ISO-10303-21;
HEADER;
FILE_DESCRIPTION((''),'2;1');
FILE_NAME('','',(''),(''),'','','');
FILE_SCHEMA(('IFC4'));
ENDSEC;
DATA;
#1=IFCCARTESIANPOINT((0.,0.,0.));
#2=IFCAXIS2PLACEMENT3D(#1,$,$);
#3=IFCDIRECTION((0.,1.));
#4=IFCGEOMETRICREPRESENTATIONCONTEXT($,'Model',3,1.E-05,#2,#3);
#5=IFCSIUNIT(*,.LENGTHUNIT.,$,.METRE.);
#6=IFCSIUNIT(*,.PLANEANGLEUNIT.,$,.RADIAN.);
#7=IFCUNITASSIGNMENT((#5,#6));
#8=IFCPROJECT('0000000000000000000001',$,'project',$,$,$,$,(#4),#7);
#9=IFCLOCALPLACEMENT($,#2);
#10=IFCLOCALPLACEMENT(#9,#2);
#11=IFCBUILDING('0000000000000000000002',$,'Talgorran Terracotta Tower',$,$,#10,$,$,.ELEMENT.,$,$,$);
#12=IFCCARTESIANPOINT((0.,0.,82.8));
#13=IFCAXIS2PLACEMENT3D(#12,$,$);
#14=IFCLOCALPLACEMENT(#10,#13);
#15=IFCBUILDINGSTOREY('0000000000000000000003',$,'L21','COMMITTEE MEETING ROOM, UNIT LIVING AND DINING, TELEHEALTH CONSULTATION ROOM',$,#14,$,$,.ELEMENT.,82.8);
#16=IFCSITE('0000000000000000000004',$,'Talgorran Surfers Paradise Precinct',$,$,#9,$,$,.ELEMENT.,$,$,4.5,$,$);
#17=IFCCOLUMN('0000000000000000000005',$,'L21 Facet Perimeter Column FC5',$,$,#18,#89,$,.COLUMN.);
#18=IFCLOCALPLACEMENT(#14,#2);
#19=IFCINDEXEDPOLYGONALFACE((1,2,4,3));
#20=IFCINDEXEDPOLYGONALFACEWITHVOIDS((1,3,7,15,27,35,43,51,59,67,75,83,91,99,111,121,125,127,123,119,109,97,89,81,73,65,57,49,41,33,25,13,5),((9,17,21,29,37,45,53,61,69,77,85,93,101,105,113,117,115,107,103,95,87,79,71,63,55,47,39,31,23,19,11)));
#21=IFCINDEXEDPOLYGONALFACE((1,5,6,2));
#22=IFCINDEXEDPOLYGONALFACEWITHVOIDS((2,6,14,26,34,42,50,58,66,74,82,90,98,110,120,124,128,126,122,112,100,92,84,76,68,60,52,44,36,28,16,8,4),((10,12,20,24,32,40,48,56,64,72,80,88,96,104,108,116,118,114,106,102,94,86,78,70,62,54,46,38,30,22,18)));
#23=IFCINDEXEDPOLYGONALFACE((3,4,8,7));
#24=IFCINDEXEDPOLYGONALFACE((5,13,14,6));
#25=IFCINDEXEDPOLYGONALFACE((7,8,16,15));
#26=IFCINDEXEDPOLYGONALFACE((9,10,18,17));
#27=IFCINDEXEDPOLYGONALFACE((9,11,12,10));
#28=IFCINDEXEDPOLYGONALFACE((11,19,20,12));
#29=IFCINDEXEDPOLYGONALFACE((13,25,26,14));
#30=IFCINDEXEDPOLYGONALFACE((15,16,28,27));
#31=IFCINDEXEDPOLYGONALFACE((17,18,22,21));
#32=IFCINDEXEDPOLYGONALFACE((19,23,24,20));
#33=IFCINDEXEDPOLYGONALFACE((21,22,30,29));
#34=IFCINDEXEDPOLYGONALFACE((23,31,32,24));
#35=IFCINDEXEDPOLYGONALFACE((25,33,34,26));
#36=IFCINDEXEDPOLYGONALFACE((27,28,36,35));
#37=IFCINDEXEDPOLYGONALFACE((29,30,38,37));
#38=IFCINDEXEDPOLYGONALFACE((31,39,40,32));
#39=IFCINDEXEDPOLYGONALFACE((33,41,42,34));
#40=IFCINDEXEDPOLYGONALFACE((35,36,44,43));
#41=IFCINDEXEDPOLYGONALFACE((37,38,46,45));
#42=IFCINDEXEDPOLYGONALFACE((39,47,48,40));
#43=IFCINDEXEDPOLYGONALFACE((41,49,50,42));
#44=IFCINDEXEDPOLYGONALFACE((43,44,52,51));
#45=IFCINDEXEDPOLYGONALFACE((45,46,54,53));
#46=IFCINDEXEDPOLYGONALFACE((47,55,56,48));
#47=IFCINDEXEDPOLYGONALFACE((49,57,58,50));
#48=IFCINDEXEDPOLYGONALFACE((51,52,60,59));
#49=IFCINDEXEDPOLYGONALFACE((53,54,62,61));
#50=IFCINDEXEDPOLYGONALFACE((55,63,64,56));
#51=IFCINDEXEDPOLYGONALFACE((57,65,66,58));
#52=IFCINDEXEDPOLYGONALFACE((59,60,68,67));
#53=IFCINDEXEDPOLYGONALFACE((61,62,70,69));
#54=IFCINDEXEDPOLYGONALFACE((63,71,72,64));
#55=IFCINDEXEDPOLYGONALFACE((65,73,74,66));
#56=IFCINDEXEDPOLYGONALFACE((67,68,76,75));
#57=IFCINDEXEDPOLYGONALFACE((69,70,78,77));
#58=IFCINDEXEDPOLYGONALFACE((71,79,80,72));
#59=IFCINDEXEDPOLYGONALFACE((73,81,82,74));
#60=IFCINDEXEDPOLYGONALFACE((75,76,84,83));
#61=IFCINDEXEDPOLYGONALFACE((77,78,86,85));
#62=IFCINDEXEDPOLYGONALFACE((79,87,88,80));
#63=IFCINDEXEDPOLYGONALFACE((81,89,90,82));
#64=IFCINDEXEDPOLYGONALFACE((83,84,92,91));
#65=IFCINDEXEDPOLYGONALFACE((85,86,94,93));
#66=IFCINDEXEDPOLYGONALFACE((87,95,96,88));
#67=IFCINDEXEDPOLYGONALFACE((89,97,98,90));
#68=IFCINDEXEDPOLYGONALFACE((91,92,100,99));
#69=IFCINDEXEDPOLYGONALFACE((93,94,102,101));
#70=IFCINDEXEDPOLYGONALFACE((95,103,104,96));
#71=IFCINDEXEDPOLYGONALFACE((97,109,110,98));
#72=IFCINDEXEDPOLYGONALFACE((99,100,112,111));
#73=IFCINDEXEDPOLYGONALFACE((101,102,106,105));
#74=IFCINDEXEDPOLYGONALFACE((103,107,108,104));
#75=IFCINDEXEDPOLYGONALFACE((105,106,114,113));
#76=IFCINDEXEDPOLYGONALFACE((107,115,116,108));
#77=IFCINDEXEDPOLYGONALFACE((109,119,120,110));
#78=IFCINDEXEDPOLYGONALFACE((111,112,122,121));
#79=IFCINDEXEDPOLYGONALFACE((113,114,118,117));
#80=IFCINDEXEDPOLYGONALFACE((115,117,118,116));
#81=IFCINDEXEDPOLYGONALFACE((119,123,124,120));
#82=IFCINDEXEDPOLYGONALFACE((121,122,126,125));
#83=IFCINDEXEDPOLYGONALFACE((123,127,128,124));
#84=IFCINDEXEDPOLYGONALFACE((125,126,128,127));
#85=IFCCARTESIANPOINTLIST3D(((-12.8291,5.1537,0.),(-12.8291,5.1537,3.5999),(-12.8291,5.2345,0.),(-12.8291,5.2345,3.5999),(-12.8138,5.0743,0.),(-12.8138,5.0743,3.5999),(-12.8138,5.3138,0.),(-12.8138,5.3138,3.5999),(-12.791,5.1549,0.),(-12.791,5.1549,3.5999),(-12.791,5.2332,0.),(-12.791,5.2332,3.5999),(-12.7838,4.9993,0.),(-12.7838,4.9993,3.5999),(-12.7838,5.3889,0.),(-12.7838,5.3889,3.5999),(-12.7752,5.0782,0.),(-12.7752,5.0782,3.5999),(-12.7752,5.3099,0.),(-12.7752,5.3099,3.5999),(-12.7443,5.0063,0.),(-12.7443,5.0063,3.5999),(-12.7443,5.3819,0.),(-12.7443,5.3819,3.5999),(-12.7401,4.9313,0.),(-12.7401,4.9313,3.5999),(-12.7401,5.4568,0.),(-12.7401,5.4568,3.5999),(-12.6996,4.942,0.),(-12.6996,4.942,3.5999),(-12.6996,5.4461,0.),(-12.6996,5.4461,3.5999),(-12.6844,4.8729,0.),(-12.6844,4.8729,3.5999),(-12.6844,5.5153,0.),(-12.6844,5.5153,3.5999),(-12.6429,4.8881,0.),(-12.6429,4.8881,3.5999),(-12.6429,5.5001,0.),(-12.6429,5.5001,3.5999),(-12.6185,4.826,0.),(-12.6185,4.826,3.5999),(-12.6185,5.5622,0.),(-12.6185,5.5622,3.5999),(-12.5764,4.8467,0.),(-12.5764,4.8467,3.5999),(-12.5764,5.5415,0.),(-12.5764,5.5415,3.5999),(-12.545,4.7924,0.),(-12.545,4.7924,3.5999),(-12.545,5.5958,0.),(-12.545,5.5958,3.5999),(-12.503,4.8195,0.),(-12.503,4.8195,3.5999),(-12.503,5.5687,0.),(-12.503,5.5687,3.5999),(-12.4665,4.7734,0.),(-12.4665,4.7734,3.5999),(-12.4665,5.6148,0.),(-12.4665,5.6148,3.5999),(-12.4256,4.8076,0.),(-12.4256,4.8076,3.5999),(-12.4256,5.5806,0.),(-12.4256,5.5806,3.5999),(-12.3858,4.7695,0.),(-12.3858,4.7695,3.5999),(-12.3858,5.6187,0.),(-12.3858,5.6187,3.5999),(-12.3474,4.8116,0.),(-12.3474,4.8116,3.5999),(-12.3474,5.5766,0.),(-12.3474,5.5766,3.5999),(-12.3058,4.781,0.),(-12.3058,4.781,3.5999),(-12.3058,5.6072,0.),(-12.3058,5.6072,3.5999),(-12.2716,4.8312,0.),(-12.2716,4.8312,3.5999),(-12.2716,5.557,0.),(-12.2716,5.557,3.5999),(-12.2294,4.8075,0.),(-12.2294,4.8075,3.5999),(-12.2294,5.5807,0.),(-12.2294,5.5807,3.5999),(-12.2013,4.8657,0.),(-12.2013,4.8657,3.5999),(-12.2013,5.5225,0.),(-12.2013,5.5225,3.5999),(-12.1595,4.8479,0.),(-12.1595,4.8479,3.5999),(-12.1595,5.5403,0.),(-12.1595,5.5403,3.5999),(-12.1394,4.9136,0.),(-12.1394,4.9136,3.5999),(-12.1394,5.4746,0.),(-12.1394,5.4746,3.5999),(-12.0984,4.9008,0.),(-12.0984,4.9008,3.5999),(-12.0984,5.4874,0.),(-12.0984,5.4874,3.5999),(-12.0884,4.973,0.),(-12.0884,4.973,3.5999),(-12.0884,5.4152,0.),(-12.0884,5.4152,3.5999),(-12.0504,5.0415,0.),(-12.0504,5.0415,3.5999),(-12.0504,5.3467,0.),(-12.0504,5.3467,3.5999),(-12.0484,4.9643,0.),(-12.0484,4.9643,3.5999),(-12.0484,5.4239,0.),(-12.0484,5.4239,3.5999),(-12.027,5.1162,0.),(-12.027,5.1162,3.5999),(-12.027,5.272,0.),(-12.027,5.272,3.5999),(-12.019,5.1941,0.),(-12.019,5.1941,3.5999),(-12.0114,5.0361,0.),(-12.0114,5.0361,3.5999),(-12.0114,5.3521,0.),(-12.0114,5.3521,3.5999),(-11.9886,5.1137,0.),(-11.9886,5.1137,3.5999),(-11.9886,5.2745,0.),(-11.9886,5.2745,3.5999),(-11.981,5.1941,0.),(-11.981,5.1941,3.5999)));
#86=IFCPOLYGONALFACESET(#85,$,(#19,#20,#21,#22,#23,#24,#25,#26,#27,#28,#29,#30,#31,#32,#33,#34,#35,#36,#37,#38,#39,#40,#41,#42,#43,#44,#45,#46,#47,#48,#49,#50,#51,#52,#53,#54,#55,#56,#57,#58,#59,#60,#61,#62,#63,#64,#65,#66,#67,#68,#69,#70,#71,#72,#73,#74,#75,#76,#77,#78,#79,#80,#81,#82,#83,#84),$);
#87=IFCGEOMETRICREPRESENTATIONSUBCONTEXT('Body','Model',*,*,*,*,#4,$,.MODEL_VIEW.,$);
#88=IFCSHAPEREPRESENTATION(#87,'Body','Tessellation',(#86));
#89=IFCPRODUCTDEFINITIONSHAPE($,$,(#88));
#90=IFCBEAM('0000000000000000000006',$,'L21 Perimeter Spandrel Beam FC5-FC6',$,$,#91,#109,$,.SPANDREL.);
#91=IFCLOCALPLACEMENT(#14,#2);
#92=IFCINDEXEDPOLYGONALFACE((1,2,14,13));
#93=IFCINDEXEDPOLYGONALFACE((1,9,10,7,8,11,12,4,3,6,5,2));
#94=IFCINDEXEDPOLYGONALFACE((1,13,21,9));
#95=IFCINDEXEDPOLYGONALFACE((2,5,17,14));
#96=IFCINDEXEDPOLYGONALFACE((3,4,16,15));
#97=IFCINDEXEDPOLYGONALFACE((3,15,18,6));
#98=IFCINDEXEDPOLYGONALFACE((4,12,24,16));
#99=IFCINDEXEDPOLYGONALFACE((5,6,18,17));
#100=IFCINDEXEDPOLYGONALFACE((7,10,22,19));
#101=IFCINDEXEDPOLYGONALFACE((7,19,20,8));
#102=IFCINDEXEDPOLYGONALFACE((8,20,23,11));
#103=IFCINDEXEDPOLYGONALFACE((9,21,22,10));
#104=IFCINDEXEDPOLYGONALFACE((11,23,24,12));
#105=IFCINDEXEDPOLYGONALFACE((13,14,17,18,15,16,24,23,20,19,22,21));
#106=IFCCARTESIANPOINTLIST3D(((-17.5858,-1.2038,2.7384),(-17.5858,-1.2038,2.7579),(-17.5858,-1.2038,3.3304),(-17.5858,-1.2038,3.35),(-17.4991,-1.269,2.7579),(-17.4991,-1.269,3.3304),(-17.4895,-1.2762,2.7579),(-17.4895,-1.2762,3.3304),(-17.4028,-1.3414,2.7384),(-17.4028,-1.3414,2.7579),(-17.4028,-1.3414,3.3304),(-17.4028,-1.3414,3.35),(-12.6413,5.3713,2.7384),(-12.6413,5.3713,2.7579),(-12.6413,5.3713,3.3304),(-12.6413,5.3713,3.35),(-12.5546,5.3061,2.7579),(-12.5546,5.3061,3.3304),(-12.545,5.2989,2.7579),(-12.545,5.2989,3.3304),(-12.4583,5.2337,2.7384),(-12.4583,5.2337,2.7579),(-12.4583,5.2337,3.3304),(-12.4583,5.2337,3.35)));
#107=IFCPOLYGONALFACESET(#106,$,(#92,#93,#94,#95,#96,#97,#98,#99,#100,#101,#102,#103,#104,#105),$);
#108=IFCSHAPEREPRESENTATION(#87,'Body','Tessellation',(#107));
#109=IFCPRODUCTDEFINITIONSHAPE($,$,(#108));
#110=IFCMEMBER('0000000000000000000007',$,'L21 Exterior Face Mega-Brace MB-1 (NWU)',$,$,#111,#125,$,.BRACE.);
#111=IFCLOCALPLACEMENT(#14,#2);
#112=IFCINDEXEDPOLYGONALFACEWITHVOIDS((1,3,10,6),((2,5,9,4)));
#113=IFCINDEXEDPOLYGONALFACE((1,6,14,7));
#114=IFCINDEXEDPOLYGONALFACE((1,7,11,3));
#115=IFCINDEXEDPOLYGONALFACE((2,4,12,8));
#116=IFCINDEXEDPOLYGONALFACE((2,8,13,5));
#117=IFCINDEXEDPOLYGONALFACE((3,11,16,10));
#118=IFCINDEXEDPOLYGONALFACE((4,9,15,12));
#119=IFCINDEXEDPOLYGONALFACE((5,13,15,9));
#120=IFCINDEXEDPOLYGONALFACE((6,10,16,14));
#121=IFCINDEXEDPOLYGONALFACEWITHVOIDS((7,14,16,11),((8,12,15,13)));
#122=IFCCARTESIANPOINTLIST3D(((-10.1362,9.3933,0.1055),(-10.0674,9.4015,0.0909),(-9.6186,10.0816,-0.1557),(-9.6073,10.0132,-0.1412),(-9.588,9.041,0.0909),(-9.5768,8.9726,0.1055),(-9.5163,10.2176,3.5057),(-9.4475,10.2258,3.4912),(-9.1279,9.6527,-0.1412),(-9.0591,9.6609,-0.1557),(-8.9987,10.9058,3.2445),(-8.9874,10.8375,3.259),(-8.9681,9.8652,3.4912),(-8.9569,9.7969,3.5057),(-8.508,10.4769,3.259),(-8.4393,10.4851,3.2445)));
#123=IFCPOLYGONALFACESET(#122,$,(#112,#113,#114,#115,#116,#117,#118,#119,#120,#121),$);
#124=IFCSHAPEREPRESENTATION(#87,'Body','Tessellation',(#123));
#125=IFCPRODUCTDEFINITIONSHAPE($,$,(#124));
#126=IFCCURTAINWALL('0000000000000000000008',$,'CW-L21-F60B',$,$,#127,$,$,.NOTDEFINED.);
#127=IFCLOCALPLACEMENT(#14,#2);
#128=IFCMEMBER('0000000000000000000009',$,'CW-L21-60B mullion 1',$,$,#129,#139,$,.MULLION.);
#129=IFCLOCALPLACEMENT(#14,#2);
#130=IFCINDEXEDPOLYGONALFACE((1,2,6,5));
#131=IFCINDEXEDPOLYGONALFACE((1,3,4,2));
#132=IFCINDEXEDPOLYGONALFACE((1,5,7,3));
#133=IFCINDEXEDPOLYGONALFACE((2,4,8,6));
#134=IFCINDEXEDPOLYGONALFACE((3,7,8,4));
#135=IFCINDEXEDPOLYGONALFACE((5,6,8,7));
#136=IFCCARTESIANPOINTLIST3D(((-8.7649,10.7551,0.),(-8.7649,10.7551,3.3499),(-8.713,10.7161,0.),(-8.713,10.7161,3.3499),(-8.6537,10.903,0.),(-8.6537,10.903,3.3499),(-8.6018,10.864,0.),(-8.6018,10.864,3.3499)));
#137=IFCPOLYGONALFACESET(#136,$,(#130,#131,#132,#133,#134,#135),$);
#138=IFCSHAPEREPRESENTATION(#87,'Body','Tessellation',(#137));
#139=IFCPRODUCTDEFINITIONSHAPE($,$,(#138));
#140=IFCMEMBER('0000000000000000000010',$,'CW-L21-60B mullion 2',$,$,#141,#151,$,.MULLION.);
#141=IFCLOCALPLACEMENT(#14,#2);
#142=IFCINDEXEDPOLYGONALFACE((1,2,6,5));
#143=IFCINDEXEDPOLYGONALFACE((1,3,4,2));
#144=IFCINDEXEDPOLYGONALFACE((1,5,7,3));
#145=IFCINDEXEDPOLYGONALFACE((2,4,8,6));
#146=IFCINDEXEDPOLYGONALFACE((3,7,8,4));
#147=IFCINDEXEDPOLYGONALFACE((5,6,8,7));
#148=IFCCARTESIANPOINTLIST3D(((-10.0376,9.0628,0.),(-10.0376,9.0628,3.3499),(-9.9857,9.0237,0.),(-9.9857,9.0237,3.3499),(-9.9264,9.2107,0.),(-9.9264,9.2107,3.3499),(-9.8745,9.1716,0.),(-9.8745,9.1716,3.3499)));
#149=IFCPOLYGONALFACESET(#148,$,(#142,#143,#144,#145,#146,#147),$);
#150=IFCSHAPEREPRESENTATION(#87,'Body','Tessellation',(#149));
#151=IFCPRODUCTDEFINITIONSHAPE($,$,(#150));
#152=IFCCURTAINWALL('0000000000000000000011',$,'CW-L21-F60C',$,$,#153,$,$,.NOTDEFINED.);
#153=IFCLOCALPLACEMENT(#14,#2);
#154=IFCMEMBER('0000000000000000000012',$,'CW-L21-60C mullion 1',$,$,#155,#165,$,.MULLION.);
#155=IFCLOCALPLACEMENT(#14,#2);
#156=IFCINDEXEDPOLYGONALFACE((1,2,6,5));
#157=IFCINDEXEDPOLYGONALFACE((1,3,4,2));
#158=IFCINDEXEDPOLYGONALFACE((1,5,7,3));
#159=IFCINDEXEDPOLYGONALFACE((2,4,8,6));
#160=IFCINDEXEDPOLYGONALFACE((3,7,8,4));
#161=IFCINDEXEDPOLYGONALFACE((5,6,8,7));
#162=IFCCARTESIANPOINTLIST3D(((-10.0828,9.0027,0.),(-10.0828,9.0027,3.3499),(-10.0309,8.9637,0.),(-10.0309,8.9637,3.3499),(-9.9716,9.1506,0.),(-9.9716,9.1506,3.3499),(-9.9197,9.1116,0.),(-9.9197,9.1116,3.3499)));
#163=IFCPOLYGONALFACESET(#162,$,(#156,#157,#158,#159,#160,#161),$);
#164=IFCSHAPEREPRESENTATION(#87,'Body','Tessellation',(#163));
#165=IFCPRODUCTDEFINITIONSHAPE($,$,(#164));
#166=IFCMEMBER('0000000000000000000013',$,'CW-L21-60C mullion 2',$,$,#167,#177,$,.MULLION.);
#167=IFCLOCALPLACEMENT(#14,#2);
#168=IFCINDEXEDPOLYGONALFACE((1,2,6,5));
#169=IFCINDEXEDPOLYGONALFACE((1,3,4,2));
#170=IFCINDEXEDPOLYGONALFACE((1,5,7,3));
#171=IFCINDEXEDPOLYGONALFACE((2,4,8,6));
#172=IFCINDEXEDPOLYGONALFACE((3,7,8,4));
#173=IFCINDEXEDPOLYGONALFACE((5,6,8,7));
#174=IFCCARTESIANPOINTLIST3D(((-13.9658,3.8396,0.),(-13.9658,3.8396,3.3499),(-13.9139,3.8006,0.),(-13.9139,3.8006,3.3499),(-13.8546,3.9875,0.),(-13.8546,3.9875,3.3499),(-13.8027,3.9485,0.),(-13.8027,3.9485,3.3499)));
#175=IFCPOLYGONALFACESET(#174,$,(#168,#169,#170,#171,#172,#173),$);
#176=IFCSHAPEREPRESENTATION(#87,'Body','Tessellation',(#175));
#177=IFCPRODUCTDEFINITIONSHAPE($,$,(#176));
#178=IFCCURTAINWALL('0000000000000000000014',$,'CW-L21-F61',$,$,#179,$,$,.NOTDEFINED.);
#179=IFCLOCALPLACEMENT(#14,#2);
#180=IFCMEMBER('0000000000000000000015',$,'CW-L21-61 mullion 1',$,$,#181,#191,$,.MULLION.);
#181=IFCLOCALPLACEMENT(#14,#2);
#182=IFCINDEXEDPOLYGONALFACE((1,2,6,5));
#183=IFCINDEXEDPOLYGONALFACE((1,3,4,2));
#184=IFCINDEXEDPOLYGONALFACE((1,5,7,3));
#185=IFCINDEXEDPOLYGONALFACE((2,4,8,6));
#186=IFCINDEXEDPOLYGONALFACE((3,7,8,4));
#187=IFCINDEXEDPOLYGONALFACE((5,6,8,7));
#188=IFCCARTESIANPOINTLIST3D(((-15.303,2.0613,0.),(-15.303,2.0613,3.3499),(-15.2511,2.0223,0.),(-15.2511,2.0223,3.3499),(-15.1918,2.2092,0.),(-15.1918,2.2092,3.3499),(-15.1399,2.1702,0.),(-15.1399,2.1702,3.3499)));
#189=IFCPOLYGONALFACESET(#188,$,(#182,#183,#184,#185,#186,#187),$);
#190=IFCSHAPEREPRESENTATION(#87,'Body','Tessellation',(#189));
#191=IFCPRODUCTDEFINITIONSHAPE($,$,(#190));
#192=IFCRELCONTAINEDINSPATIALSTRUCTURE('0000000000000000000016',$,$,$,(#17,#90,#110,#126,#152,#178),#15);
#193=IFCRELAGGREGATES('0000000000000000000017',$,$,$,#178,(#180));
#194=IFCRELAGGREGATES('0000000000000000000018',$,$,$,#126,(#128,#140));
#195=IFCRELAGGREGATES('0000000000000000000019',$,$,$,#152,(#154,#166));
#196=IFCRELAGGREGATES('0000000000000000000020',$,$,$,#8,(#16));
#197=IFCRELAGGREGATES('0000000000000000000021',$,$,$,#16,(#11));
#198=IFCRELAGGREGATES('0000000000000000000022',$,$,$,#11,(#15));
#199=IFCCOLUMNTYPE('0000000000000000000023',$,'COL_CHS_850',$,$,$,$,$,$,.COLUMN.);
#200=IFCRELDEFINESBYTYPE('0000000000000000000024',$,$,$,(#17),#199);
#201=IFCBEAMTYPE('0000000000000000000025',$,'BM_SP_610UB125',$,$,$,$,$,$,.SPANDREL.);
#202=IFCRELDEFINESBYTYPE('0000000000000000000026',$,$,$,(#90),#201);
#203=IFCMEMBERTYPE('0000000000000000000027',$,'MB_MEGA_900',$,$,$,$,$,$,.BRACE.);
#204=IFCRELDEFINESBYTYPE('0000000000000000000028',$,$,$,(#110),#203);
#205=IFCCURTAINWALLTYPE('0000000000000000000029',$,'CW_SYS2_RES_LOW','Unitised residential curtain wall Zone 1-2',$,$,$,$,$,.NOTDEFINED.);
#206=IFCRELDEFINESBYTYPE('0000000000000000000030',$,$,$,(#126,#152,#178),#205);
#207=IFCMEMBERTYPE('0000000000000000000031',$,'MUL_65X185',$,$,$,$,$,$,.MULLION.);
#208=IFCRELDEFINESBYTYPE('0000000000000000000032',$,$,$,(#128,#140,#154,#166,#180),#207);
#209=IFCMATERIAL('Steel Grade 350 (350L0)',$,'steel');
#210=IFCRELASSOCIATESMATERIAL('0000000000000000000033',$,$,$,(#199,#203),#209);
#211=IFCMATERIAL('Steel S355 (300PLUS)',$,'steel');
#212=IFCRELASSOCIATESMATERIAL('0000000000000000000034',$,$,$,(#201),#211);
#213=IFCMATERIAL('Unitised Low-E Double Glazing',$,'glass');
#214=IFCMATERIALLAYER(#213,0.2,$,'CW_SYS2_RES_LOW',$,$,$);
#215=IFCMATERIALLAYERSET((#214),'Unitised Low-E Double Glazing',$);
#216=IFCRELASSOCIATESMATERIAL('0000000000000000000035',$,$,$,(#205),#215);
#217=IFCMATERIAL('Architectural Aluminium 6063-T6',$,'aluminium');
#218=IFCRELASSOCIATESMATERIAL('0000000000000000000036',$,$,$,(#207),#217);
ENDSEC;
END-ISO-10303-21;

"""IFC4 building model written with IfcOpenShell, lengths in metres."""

from ifc_helpers import new_model, si_unit, direction, frame, origin, origin_2d, place, context, subcontext, project, spatial, rectangle, hollow_rectangle, hollow_circle, i_section, extrude, material, layer, layer_set, material_profile, profile_set, type_object, element, aggregate, save


model = new_model("IFC4")

# Units and contexts
model_context = context("Model", 3, precision=1e-05, world=origin(), true_north=direction((0.0, 1.0)))
body_context = subcontext(model_context, "Body", "Model", "MODEL_VIEW")
ifc_project = project(units=[si_unit("LENGTHUNIT", "METRE"), si_unit("PLANEANGLEUNIT", "RADIAN")], contexts=[model_context])

# Site, building, storey
site_placement = place(None, origin())
site = spatial("IfcSite", under=ifc_project, at=site_placement, Name="Talgorran Surfers Paradise Precinct", CompositionType="ELEMENT", RefElevation=4.5)
building_placement = place(site_placement, origin())
building = spatial("IfcBuilding", under=site, at=building_placement, Name="Talgorran Terracotta Tower", CompositionType="ELEMENT")
storey_placement = place(building_placement, frame((0.0, 0.0, 82.8)))
storey = spatial("IfcBuildingStorey", under=building, at=storey_placement, Name="L21", Description="COMMITTEE MEETING ROOM, UNIT LIVING AND DINING, TELEHEALTH CONSULTATION ROOM", CompositionType="ELEMENT", Elevation=82.8)

# Column
ifc_material_1 = material(Name="Steel Grade 350 (350L0)", Category="steel")
ifc_material_profile_1 = material_profile(ifc_material_1, hollow_circle(Radius=0.425, WallThickness=0.0381, at=origin_2d()), Name="CHS850X38")
ifc_profile_set_1 = profile_set([ifc_material_profile_1], Name="Steel Grade 350 (350L0)")
column_type = type_object("IfcColumnType", Name="COL_CHS_850", PredefinedType="COLUMN", material=ifc_profile_set_1)
column_placement = place(storey_placement, frame((-12.406, 5.1941, 0.0), z_axis=(0.0, 0.0, 1.0), x_axis=(1.0, 0.0, 0.0)))
element("IfcColumn", 1, at=column_placement, inside=storey, type_object=column_type, Name="L21 Facet Perimeter Column FC5", PredefinedType="COLUMN", context=body_context, shape_type="SweptSolid", body=[
    extrude(hollow_circle(Radius=0.425, WallThickness=0.0381, at=origin_2d()), origin(), (0.0, 0.0, 1.0), 3.5999),
])

# Beam
ifc_material_2 = material(Name="Steel S355 (300PLUS)", Category="steel")
ifc_material_profile_2 = material_profile(ifc_material_2, i_section(OverallWidth=0.229, OverallDepth=0.6116, WebThickness=0.012, FlangeThickness=0.0195, at=origin_2d()), Name="610UB125")
ifc_profile_set_2 = profile_set([ifc_material_profile_2], Name="Steel S355 (300PLUS)")
beam_type = type_object("IfcBeamType", Name="BM_SP_610UB125", PredefinedType="SPANDREL", material=ifc_profile_set_2)
beam_placement = place(storey_placement, frame((-12.5498, 5.3025, 3.0442), z_axis=(-0.601025, -0.79923, 0.0), x_axis=(0.79923, -0.601025, 0.0)))
element("IfcBeam", 2, at=beam_placement, inside=storey, type_object=beam_type, Name="L21 Perimeter Spandrel Beam FC5-FC6", PredefinedType="SPANDREL", context=body_context, shape_type="SweptSolid", body=[
    extrude(i_section(OverallWidth=0.229, OverallDepth=0.6116, WebThickness=0.012, FlangeThickness=0.0195, at=origin_2d()), origin(), (0.0, 0.0, 1.0), 8.2268),
])

# Member
ifc_material_profile_3 = material_profile(ifc_material_1, hollow_rectangle(XDim=0.7, YDim=0.8999, WallThickness=0.05, at=origin_2d()), Name="WBOX900X700X50")
ifc_profile_set_3 = profile_set([ifc_material_profile_3], Name="Steel Grade 350 (350L0)")
member_type_1 = type_object("IfcMemberType", Name="MB_MEGA_900", PredefinedType="BRACE", material=ifc_profile_set_3)
member_1_placement = place(storey_placement, frame((-9.5977, 9.5271, -0.0251), z_axis=(0.174459, 0.231971, 0.95695), x_axis=(-0.799204, 0.60106, 0.0)))
element("IfcMember", 3, at=member_1_placement, inside=storey, type_object=member_type_1, Name="L21 Exterior Face Mega-Brace MB-1 (NWU)", PredefinedType="BRACE", context=body_context, shape_type="SweptSolid", body=[
    extrude(hollow_rectangle(XDim=0.7, YDim=0.8999, WallThickness=0.05, at=origin_2d()), origin(), (0.0, 0.0, 1.0), 3.5532),
])

# Curtain walls, members
ifc_material_3 = material(Name="Unitised Low-E Double Glazing", Category="glass")
ifc_layer_1 = layer(ifc_material_3, 0.2, Name="CW_SYS2_RES_LOW")
ifc_layer_set_1 = layer_set([ifc_layer_1], Name="Unitised Low-E Double Glazing")
curtain_wall_type = type_object("IfcCurtainWallType", Name="CW_SYS2_RES_LOW", Description="Unitised residential curtain wall Zone 1-2", PredefinedType="NOTDEFINED", material=ifc_layer_set_1)
curtain_wall_1_placement = place(storey_placement, origin())
curtain_wall_1 = element("IfcCurtainWall", 4, at=curtain_wall_1_placement, inside=storey, type_object=curtain_wall_type, Name="CW-L21-F60B", PredefinedType="NOTDEFINED")
ifc_material_4 = material(Name="Architectural Aluminium 6063-T6", Category="aluminium")
ifc_material_profile_4 = material_profile(ifc_material_4, rectangle(XDim=0.0649, YDim=0.1851, at=origin_2d()), Name="CWM65X185")
ifc_profile_set_4 = profile_set([ifc_material_profile_4], Name="Architectural Aluminium 6063-T6")
member_type_2 = type_object("IfcMemberType", Name="MUL_65X185", PredefinedType="MULLION", material=ifc_profile_set_4)
member_2_placement = place(storey_placement, frame((-8.6833, 10.8096, 0.0), z_axis=(0.0, 0.0, 1.0), x_axis=(0.799191, -0.601077, 0.0)))
member_2 = element("IfcMember", 5, at=member_2_placement, type_object=member_type_2, Name="CW-L21-60B mullion 1", PredefinedType="MULLION", context=body_context, shape_type="SweptSolid", body=[
    extrude(rectangle(XDim=0.0649, YDim=0.1851, at=origin_2d()), origin(), (0.0, 0.0, 1.0), 3.3499),
])
member_3_placement = place(storey_placement, frame((-9.9561, 9.1172, 0.0), z_axis=(0.0, 0.0, 1.0), x_axis=(0.799191, -0.601077, 0.0)))
member_3 = element("IfcMember", 6, at=member_3_placement, type_object=member_type_2, Name="CW-L21-60B mullion 2", PredefinedType="MULLION", context=body_context, shape_type="SweptSolid", body=[
    extrude(rectangle(XDim=0.0649, YDim=0.1851, at=origin_2d()), origin(), (0.0, 0.0, 1.0), 3.3499),
])
curtain_wall_2_placement = place(storey_placement, origin())
curtain_wall_2 = element("IfcCurtainWall", 7, at=curtain_wall_2_placement, inside=storey, type_object=curtain_wall_type, Name="CW-L21-F60C", PredefinedType="NOTDEFINED")
member_4_placement = place(storey_placement, frame((-10.0012, 9.0571, 0.0), z_axis=(0.0, 0.0, 1.0), x_axis=(0.799214, -0.601046, 0.0)))
member_4 = element("IfcMember", 8, at=member_4_placement, type_object=member_type_2, Name="CW-L21-60C mullion 1", PredefinedType="MULLION", context=body_context, shape_type="SweptSolid", body=[
    extrude(rectangle(XDim=0.0649, YDim=0.1851, at=origin_2d()), origin(), (0.0, 0.0, 1.0), 3.3499),
])
member_5_placement = place(storey_placement, frame((-13.8843, 3.894, 0.0), z_axis=(0.0, 0.0, 1.0), x_axis=(0.799214, -0.601046, 0.0)))
member_5 = element("IfcMember", 9, at=member_5_placement, type_object=member_type_2, Name="CW-L21-60C mullion 2", PredefinedType="MULLION", context=body_context, shape_type="SweptSolid", body=[
    extrude(rectangle(XDim=0.0649, YDim=0.1851, at=origin_2d()), origin(), (0.0, 0.0, 1.0), 3.3499),
])

# Curtain wall, member
curtain_wall_3_placement = place(storey_placement, origin())
curtain_wall_3 = element("IfcCurtainWall", 10, at=curtain_wall_3_placement, inside=storey, type_object=curtain_wall_type, Name="CW-L21-F61", PredefinedType="NOTDEFINED")
member_6_placement = place(storey_placement, frame((-15.2214, 2.1157, 0.0), z_axis=(0.0, 0.0, 1.0), x_axis=(0.799217, -0.601042, 0.0)))
member_6 = element("IfcMember", 11, at=member_6_placement, type_object=member_type_2, Name="CW-L21-61 mullion 1", PredefinedType="MULLION", context=body_context, shape_type="SweptSolid", body=[
    extrude(rectangle(XDim=0.0649, YDim=0.1851, at=origin_2d()), origin(), (0.0, 0.0, 1.0), 3.3499),
])
aggregate(curtain_wall_3, [member_6])

aggregate(curtain_wall_1, [member_2, member_3])
aggregate(curtain_wall_2, [member_4, member_5])

save(model, "model.ifc")
